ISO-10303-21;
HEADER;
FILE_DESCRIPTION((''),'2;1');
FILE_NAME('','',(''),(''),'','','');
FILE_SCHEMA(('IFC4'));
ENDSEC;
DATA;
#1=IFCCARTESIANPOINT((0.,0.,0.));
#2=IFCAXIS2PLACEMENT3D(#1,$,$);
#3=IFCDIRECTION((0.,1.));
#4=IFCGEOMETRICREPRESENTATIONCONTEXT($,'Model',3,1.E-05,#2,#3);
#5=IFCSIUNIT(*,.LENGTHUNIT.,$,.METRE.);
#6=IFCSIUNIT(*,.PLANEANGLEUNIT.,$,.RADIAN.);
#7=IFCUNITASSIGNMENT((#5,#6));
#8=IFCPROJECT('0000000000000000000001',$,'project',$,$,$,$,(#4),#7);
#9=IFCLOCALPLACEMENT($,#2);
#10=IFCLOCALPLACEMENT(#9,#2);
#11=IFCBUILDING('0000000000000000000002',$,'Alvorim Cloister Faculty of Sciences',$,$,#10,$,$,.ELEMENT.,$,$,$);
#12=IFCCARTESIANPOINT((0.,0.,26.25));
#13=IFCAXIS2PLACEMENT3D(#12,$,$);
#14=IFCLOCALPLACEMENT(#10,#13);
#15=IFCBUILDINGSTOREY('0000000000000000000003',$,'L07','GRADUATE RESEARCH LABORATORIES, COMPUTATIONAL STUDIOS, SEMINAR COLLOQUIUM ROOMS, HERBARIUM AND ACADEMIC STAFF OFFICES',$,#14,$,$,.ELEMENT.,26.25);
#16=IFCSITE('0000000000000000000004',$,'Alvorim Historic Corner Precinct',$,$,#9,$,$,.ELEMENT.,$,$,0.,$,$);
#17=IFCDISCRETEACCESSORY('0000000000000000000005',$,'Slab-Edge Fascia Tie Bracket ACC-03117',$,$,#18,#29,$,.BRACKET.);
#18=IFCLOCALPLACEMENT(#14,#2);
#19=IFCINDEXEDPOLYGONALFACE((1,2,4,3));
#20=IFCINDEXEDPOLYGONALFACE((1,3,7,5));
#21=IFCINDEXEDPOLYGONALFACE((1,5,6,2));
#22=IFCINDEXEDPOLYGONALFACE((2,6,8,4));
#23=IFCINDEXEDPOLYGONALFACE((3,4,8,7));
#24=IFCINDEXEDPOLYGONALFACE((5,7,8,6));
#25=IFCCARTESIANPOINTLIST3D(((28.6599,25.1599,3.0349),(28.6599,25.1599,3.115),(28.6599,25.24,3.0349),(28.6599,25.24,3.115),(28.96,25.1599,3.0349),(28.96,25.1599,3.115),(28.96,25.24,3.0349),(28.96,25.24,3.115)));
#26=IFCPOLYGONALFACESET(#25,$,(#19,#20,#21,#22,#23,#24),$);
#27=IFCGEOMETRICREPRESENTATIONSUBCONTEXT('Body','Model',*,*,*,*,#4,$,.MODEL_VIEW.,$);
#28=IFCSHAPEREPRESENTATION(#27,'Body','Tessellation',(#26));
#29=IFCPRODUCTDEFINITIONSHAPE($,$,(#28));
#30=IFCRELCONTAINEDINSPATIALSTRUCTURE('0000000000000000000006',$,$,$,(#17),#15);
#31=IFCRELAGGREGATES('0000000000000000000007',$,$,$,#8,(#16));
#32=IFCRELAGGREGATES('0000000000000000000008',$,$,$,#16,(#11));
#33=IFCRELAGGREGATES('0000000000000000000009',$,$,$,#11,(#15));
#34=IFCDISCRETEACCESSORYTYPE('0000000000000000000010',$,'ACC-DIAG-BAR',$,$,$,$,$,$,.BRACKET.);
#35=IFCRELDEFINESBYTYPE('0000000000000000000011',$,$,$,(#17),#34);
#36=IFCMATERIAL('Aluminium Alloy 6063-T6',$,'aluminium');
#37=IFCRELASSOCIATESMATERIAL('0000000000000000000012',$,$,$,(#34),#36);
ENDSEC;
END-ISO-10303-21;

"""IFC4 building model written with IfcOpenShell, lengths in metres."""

from ifc_helpers import new_model, si_unit, direction, frame, origin, origin_2d, place, context, subcontext, project, spatial, rectangle, extrude, material, type_object, element, save


model = new_model("IFC4")

# Units and contexts
model_context = context("Model", 3, precision=1e-05, world=origin(), true_north=direction((0.0, 1.0)))
body_context = subcontext(model_context, "Body", "Model", "MODEL_VIEW")
ifc_project = project(units=[si_unit("LENGTHUNIT", "METRE"), si_unit("PLANEANGLEUNIT", "RADIAN")], contexts=[model_context])

# Site, building, storey
site_placement = place(None, origin())
site = spatial("IfcSite", under=ifc_project, at=site_placement, Name="Alvorim Historic Corner Precinct", CompositionType="ELEMENT", RefElevation=0.0)
building_placement = place(site_placement, origin())
building = spatial("IfcBuilding", under=site, at=building_placement, Name="Alvorim Cloister Faculty of Sciences", CompositionType="ELEMENT")
storey_placement = place(building_placement, frame((0.0, 0.0, 26.25)))
storey = spatial("IfcBuildingStorey", under=building, at=storey_placement, Name="L07", Description="GRADUATE RESEARCH LABORATORIES, COMPUTATIONAL STUDIOS, SEMINAR COLLOQUIUM ROOMS, HERBARIUM AND ACADEMIC STAFF OFFICES", CompositionType="ELEMENT", Elevation=26.25)

# Shared definitions
ifc_material_1 = material(Name="Aluminium Alloy 6063-T6", Category="aluminium")

# Discrete accessory
discrete_accessory_type = type_object("IfcDiscreteAccessoryType", Name="ACC-DIAG-BAR", PredefinedType="BRACKET", material=ifc_material_1)
discrete_accessory_placement = place(storey_placement, frame((28.6599, 25.2, 3.075), z_axis=(1.0, 0.0, 0.0), x_axis=(0.0, 1.0, 0.0)))
element("IfcDiscreteAccessory", 1, at=discrete_accessory_placement, inside=storey, type_object=discrete_accessory_type, Name="Slab-Edge Fascia Tie Bracket ACC-03117", PredefinedType="BRACKET", context=body_context, shape_type="SweptSolid", body=[
    extrude(rectangle(XDim=0.0801, YDim=0.0801, at=origin_2d()), origin(), (0.0, 0.0, 1.0), 0.3),
])

save(model, "model.ifc")
